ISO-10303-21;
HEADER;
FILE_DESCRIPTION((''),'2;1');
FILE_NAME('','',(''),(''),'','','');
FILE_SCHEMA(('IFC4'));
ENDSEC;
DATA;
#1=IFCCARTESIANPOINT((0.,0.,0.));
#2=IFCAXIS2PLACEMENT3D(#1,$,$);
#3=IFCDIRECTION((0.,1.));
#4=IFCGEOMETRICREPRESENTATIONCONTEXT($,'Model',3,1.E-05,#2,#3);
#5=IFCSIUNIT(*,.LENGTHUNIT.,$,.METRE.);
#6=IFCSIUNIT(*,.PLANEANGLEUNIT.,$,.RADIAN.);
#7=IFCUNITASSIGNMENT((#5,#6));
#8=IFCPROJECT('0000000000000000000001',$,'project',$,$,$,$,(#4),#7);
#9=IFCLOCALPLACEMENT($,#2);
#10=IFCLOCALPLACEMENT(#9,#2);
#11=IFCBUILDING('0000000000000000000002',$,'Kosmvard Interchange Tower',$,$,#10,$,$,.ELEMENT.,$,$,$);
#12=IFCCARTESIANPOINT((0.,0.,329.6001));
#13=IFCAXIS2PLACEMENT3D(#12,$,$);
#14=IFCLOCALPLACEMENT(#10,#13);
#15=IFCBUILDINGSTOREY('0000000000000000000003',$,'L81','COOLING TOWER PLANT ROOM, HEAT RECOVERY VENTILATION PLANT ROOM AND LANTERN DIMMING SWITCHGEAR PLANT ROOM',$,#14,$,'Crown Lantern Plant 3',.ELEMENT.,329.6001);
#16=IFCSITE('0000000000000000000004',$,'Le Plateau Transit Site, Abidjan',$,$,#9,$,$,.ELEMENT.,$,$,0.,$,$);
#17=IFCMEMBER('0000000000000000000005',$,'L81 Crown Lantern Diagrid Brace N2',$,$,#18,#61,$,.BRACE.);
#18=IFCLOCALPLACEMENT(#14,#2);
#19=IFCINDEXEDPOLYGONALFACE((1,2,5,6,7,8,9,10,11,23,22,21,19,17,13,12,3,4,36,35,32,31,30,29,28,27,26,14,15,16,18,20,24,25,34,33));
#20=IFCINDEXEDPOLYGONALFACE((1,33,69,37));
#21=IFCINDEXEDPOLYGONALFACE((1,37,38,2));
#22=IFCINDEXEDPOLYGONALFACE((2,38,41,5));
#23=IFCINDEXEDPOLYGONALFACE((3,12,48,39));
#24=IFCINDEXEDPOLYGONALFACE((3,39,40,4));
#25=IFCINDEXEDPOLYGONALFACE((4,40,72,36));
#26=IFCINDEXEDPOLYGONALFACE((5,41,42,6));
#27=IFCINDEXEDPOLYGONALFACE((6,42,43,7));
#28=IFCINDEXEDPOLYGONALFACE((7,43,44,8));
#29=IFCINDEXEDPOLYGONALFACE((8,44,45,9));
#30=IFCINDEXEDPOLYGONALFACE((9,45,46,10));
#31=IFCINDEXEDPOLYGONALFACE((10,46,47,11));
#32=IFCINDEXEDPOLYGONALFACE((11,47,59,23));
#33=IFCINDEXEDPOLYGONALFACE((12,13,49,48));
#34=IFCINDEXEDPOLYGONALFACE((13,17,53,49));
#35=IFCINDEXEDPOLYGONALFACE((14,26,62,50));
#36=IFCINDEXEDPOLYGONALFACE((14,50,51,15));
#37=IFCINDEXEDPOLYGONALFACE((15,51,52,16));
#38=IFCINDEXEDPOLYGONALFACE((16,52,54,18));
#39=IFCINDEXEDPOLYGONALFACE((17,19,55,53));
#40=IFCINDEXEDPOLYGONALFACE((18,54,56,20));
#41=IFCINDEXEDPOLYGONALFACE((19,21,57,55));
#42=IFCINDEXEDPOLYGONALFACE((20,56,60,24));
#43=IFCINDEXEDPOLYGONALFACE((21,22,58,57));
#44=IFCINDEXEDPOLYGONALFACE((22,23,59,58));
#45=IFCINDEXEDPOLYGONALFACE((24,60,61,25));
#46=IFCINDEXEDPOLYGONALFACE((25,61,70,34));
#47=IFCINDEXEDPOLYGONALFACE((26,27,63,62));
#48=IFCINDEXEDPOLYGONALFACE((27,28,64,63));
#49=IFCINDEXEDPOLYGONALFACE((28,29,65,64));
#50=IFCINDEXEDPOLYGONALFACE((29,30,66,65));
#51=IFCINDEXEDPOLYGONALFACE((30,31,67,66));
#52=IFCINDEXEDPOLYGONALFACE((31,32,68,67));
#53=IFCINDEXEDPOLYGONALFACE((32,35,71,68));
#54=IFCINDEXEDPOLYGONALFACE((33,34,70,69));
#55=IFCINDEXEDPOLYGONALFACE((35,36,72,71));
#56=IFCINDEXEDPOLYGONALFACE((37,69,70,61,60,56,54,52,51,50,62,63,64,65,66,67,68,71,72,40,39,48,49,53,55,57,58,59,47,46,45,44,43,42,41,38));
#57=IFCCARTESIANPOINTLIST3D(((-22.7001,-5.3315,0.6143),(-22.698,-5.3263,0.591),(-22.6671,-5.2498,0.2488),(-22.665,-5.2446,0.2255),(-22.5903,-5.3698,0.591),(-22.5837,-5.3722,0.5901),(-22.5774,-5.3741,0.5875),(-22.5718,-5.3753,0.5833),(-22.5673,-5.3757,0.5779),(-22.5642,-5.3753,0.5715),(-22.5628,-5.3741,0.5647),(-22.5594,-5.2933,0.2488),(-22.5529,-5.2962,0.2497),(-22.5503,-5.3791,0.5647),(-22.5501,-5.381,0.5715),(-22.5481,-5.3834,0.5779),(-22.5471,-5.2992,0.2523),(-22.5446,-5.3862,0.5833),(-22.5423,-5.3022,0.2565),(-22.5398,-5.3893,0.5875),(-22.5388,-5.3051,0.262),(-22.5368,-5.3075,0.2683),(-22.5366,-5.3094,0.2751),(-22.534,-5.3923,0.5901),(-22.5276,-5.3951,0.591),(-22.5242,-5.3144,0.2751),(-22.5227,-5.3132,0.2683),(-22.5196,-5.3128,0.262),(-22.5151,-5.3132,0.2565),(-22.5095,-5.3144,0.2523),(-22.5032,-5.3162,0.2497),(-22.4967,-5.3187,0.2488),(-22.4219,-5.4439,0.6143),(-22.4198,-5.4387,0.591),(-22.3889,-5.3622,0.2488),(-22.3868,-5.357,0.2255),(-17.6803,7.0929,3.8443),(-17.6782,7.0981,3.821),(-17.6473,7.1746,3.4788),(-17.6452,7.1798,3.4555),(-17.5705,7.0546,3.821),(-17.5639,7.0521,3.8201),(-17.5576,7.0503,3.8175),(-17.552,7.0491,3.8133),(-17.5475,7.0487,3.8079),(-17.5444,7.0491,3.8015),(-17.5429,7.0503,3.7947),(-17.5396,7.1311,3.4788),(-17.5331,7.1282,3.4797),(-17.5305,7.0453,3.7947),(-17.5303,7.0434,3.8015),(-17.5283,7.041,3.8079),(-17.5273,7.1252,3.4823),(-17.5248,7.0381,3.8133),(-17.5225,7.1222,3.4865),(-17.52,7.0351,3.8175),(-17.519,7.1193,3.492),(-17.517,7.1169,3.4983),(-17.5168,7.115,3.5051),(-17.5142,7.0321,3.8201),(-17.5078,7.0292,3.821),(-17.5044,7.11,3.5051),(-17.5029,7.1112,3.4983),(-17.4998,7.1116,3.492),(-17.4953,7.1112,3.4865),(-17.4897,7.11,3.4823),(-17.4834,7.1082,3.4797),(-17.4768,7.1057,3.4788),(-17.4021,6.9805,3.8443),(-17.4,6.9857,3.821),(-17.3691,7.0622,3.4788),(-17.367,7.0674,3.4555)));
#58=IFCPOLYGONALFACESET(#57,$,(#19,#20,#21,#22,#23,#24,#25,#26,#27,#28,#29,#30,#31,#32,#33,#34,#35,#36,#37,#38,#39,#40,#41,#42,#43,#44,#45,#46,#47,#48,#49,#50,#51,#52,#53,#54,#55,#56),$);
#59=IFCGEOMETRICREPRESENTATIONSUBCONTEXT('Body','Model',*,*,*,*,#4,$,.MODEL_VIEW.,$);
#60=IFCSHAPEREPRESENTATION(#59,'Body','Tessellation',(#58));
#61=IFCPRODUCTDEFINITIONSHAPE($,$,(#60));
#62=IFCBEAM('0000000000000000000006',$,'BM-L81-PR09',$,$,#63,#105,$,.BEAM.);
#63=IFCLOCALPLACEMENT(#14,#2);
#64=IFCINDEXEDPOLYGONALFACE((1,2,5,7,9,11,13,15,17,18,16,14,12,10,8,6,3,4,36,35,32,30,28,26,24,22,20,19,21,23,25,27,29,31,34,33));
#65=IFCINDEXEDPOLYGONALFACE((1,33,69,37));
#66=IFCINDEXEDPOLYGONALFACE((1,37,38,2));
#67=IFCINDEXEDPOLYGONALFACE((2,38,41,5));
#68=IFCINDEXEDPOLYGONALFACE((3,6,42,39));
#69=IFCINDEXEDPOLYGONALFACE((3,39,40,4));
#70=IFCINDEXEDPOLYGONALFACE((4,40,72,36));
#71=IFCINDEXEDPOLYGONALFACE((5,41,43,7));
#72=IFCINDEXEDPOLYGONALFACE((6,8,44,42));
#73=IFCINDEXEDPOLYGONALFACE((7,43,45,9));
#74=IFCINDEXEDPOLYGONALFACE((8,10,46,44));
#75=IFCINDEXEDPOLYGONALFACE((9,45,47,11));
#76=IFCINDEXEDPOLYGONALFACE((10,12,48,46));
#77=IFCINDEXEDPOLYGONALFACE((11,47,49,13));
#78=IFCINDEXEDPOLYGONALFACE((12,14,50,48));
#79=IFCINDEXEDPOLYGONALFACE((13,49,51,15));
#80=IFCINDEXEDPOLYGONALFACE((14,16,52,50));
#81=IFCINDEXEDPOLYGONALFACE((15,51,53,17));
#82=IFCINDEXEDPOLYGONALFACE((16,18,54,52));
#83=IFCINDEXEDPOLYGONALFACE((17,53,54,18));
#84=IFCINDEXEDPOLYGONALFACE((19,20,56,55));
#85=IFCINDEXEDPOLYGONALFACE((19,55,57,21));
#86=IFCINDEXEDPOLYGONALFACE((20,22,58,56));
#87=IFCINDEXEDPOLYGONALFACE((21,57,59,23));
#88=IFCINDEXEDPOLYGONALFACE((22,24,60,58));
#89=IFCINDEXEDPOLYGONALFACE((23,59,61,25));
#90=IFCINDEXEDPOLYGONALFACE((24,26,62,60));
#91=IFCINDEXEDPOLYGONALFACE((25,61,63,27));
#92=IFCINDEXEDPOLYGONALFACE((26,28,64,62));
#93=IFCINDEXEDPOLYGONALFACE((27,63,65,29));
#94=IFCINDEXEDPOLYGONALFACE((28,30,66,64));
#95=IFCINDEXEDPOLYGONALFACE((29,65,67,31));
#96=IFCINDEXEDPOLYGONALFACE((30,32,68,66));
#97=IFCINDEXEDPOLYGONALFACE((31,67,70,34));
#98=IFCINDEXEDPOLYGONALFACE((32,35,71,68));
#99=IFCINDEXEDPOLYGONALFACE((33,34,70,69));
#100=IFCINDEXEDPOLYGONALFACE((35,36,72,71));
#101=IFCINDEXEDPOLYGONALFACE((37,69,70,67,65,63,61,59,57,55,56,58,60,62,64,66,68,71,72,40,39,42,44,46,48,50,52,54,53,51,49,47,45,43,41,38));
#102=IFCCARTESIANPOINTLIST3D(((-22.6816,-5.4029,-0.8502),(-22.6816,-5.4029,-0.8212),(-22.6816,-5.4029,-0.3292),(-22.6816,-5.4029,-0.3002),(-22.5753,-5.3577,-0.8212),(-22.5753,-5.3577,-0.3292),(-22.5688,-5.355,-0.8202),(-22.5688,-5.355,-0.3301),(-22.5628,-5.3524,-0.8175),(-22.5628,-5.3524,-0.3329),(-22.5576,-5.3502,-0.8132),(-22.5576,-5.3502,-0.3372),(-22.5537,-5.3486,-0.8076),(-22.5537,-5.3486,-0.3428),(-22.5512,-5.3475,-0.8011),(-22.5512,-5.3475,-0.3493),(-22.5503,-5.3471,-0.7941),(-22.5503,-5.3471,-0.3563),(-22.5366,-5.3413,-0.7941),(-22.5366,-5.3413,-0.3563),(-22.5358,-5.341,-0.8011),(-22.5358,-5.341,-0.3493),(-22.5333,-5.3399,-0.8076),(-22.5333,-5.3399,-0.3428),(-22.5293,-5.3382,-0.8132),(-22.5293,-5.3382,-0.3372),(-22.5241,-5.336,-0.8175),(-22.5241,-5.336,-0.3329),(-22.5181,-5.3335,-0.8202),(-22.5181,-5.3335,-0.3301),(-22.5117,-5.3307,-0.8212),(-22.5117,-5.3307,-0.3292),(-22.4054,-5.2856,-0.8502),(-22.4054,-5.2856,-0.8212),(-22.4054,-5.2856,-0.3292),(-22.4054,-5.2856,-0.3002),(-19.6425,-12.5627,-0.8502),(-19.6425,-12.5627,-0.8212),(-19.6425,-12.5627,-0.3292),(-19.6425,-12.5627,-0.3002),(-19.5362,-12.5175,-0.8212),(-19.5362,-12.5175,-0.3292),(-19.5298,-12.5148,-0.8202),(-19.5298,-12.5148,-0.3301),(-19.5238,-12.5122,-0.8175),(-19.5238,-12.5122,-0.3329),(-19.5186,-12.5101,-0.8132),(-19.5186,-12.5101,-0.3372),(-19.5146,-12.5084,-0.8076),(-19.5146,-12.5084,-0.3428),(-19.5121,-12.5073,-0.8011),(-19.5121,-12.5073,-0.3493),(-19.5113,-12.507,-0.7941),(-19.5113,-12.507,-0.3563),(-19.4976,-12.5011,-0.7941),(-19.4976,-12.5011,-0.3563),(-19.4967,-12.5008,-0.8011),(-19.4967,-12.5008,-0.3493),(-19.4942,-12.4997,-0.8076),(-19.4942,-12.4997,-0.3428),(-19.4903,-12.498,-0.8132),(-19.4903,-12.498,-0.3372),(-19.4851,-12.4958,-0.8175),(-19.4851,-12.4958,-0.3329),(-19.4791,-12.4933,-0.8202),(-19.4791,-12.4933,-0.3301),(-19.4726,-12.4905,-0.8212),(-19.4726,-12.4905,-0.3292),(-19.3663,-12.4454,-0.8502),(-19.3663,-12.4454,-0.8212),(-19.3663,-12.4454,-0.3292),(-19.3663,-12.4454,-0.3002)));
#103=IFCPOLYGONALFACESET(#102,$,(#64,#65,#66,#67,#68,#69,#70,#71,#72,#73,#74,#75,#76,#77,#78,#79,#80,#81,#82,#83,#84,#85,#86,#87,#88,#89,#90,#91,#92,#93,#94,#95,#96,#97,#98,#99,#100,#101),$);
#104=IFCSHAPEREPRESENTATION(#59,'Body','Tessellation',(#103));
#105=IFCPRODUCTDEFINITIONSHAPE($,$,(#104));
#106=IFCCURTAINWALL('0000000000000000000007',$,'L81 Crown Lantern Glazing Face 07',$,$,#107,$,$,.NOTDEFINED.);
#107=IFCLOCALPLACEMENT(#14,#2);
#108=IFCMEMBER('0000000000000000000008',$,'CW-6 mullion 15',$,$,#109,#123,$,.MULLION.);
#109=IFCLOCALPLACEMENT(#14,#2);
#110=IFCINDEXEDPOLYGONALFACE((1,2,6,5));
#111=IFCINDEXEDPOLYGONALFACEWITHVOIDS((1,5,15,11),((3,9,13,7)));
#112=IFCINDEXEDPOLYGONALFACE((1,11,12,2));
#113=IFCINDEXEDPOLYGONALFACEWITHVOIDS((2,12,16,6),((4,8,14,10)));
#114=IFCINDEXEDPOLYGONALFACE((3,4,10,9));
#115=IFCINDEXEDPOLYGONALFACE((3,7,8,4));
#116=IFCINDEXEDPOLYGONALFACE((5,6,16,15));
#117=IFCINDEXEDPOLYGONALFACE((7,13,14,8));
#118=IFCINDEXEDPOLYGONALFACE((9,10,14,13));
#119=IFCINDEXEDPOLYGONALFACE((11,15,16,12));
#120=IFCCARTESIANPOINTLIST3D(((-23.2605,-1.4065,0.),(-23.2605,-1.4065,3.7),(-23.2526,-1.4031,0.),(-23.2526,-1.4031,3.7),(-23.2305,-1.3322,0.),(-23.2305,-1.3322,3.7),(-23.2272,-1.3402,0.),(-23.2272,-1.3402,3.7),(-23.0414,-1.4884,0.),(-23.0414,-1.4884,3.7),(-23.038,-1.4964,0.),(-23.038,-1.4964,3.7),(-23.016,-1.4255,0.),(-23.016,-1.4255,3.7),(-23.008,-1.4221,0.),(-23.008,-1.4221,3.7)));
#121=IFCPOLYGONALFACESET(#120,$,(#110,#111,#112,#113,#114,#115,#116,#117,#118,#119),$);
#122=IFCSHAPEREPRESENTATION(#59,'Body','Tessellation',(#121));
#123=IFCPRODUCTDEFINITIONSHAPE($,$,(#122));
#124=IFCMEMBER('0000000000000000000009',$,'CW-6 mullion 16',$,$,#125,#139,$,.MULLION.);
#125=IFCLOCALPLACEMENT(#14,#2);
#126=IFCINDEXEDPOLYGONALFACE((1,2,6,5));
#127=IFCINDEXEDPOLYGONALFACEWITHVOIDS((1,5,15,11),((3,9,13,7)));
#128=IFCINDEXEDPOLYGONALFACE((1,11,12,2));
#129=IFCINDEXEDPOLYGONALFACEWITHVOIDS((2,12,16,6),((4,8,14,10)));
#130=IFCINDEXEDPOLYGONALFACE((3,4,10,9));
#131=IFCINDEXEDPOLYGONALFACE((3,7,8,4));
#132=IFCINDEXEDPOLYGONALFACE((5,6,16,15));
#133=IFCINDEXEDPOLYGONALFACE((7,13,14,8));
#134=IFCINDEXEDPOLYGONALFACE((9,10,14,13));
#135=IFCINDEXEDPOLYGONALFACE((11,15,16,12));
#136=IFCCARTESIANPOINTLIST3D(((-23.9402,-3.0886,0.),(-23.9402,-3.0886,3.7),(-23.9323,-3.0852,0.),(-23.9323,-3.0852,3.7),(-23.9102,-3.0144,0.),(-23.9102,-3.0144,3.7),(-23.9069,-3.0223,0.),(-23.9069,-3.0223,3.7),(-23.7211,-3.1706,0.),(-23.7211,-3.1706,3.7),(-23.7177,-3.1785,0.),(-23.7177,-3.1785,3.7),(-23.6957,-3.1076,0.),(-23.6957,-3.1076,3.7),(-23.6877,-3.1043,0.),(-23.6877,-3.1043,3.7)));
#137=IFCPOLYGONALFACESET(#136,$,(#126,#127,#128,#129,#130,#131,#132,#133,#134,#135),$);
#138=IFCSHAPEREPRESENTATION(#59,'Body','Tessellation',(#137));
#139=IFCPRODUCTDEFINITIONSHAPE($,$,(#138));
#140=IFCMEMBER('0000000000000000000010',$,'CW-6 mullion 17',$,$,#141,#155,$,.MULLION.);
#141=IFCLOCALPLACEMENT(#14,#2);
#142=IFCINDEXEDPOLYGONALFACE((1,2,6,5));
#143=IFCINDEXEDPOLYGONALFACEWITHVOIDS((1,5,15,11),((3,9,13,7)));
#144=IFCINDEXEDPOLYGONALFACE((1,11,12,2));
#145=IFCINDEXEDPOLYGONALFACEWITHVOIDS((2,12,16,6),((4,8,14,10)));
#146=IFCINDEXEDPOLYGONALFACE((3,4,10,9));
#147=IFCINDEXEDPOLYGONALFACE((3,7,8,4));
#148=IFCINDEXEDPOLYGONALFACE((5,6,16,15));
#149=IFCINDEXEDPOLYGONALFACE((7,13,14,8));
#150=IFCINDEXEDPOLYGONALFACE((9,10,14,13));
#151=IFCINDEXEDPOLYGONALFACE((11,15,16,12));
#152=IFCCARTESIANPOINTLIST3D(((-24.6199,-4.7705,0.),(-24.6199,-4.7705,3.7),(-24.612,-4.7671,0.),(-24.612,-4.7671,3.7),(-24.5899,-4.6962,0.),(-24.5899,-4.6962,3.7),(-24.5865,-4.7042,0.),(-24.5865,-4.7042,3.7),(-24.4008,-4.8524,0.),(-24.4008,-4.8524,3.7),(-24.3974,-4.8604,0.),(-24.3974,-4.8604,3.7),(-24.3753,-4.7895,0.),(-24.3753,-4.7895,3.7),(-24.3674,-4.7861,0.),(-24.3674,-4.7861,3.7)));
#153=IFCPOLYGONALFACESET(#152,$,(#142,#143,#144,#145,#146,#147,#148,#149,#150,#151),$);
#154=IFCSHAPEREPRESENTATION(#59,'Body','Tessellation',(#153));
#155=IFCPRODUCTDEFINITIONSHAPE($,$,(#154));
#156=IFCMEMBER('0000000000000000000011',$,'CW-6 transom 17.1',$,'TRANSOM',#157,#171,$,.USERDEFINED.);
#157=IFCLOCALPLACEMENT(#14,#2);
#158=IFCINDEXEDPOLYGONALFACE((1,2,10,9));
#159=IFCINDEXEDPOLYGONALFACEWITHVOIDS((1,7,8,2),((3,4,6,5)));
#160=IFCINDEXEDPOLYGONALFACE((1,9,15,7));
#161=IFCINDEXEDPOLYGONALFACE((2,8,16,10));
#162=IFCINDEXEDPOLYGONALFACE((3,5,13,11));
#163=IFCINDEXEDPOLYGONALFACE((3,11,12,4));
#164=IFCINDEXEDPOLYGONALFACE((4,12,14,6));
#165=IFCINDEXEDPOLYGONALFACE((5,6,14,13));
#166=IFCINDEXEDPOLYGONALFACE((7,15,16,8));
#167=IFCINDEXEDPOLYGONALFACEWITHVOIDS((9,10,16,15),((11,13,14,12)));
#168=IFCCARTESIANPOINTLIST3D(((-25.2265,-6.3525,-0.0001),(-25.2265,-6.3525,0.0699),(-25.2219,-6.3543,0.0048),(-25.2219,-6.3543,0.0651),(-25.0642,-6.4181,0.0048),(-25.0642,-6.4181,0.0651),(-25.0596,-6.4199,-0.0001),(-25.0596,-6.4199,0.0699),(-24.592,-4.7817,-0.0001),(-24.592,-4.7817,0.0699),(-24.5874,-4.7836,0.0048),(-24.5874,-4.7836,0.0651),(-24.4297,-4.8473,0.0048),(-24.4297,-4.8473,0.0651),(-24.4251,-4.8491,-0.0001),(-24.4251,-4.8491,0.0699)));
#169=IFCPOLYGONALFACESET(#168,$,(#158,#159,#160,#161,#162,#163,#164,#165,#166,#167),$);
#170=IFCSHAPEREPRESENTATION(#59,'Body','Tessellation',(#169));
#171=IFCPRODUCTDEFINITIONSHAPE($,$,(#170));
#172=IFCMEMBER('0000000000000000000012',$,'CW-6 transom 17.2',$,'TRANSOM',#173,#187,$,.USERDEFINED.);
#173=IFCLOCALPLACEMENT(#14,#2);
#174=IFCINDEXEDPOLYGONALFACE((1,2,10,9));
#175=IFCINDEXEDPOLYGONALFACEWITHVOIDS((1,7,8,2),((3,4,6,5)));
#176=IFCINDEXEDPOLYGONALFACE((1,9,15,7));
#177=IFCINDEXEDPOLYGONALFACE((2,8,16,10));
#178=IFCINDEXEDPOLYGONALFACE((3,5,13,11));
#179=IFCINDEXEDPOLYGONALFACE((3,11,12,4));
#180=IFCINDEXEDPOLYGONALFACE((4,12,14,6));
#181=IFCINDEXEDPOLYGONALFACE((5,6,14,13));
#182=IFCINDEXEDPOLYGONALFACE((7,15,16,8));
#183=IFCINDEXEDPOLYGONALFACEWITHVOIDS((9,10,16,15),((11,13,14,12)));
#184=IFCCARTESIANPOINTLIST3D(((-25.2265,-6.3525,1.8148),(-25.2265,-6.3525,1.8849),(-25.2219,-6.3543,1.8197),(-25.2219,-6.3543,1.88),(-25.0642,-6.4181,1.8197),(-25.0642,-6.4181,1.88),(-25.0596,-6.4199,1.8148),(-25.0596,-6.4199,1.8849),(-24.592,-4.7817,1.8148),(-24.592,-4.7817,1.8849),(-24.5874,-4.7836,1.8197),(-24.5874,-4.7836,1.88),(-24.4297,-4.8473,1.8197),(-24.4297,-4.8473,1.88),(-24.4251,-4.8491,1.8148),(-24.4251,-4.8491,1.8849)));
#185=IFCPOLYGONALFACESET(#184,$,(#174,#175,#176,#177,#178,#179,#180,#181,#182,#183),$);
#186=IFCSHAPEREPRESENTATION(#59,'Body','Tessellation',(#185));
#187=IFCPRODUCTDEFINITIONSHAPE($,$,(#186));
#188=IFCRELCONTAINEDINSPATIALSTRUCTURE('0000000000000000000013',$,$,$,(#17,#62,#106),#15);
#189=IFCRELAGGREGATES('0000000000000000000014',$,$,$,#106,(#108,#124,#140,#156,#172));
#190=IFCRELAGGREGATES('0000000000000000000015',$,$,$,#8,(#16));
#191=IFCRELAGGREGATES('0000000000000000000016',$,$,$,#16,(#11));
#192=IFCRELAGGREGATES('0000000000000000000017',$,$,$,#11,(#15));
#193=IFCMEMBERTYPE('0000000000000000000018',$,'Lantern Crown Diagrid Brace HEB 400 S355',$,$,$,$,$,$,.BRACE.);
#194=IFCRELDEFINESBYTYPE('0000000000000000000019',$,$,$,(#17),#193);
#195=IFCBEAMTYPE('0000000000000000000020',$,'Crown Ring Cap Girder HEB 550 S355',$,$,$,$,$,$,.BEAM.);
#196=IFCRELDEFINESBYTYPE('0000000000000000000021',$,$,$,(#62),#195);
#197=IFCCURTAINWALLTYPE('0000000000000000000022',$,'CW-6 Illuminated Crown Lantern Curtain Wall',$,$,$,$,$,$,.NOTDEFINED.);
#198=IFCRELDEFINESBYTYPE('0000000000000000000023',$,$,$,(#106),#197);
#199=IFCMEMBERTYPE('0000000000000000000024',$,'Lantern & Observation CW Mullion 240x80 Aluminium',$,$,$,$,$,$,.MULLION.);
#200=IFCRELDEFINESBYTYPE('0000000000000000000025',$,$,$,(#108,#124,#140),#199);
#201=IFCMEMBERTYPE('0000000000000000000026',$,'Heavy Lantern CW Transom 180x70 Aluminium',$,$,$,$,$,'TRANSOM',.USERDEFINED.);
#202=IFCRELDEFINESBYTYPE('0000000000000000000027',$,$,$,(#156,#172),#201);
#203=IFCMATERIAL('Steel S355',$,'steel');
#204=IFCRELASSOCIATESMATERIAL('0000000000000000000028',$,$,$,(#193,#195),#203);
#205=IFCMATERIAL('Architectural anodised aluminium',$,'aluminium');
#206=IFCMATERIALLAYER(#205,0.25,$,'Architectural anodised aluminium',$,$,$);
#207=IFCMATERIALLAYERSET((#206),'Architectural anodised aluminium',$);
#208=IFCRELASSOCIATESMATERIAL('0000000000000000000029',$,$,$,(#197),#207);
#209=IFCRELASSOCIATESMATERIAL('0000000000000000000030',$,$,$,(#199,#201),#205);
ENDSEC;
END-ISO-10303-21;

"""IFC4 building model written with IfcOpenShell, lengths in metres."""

from ifc_helpers import new_model, si_unit, direction, frame, origin, origin_2d, place, context, subcontext, project, spatial, hollow_rectangle, i_section, extrude, source, transform, mapped, material, layer, layer_set, material_profile, profile_set, type_object, element, aggregate, save


model = new_model("IFC4")

# Units and contexts
model_context = context("Model", 3, precision=1e-05, world=origin(), true_north=direction((0.0, 1.0)))
body_context = subcontext(model_context, "Body", "Model", "MODEL_VIEW")
ifc_project = project(units=[si_unit("LENGTHUNIT", "METRE"), si_unit("PLANEANGLEUNIT", "RADIAN")], contexts=[model_context])

# Site, building, storey
site_placement = place(None, origin())
site = spatial("IfcSite", under=ifc_project, at=site_placement, Name="Le Plateau Transit Site, Abidjan", CompositionType="ELEMENT", RefElevation=0.0)
building_placement = place(site_placement, origin())
building = spatial("IfcBuilding", under=site, at=building_placement, Name="Kosmvard Interchange Tower", CompositionType="ELEMENT")
storey_placement = place(building_placement, frame((0.0, 0.0, 329.6001)))
storey = spatial("IfcBuildingStorey", under=building, at=storey_placement, Name="L81", Description="COOLING TOWER PLANT ROOM, HEAT RECOVERY VENTILATION PLANT ROOM AND LANTERN DIMMING SWITCHGEAR PLANT ROOM", LongName="Crown Lantern Plant 3", CompositionType="ELEMENT", Elevation=329.6001)

# Member
ifc_material_1 = material(Name="Steel S355", Category="steel")
ifc_material_profile_1 = material_profile(ifc_material_1, i_section(OverallWidth=0.3, OverallDepth=0.3999, WebThickness=0.0134, FlangeThickness=0.0239, FilletRadius=0.0271, at=origin_2d()), Name="HEB 400")
ifc_profile_set_1 = profile_set([ifc_material_profile_1], Name="Steel S355")
member_type_1 = type_object("IfcMemberType", Name="Lantern Crown Diagrid Brace HEB 400 S355", PredefinedType="BRACE", material=ifc_profile_set_1)
shared_shape_1 = source(origin(), body_context, "Body", "SweptSolid", [
    extrude(i_section(OverallWidth=0.3, OverallDepth=0.3999, WebThickness=0.0134, FlangeThickness=0.0239, FilletRadius=0.0271, at=origin_2d()), origin(), (0.0, 0.0, 1.0), 13.7839),
])
member_1_placement = place(storey_placement, frame((-22.5435, -5.3442, 0.4199), z_axis=(0.364178, 0.901368, 0.234331), x_axis=(-0.927183, 0.374608, 0.0)))
element("IfcMember", 1, at=member_1_placement, inside=storey, type_object=member_type_1, Name="L81 Crown Lantern Diagrid Brace N2", PredefinedType="BRACE", context=body_context, shape_type="MappedRepresentation", body=[
    mapped(shared_shape_1, transform((0.0, 0.0, 0.0), scale=1.0)),
])

# Beam
ifc_material_profile_2 = material_profile(ifc_material_1, i_section(OverallWidth=0.3, OverallDepth=0.55, WebThickness=0.0149, FlangeThickness=0.0291, FilletRadius=0.0271, at=origin_2d()), Name="HEB 550")
ifc_profile_set_2 = profile_set([ifc_material_profile_2], Name="Steel S355")
beam_type = type_object("IfcBeamType", Name="Crown Ring Cap Girder HEB 550 S355", PredefinedType="BEAM", material=ifc_profile_set_2)
shared_shape_2 = source(origin(), body_context, "Body", "SweptSolid", [
    extrude(i_section(OverallWidth=0.3, OverallDepth=0.55, WebThickness=0.0149, FlangeThickness=0.0291, FilletRadius=0.0271, at=origin_2d()), origin(), (0.0, 0.0, 1.0), 7.7781),
])
beam_placement = place(storey_placement, frame((-22.5435, -5.3442, -0.5752), z_axis=(0.390716, -0.920511, 0.0), x_axis=(0.920511, 0.390716, 0.0)))
element("IfcBeam", 2, at=beam_placement, inside=storey, type_object=beam_type, Name="BM-L81-PR09", PredefinedType="BEAM", context=body_context, shape_type="MappedRepresentation", body=[
    mapped(shared_shape_2, transform((0.0, 0.0, 0.0), scale=1.0)),
])

# Curtain wall, members
ifc_material_2 = material(Name="Architectural anodised aluminium", Category="aluminium")
ifc_layer_1 = layer(ifc_material_2, 0.25, Name="Architectural anodised aluminium")
ifc_layer_set_1 = layer_set([ifc_layer_1], Name="Architectural anodised aluminium")
curtain_wall_type = type_object("IfcCurtainWallType", Name="CW-6 Illuminated Crown Lantern Curtain Wall", PredefinedType="NOTDEFINED", material=ifc_layer_set_1)
curtain_wall_placement = place(storey_placement, origin())
curtain_wall = element("IfcCurtainWall", 3, at=curtain_wall_placement, inside=storey, type_object=curtain_wall_type, Name="L81 Crown Lantern Glazing Face 07", PredefinedType="NOTDEFINED")
ifc_material_profile_3 = material_profile(ifc_material_2, hollow_rectangle(XDim=0.24, YDim=0.0801, WallThickness=0.0061, at=origin_2d()), Name="CWM 240x80x6")
ifc_profile_set_3 = profile_set([ifc_material_profile_3], Name="Architectural anodised aluminium")
member_type_2 = type_object("IfcMemberType", Name="Lantern & Observation CW Mullion 240x80 Aluminium", PredefinedType="MULLION", material=ifc_profile_set_3)
shared_shape_3 = source(origin(), body_context, "Body", "SweptSolid", [
    extrude(hollow_rectangle(XDim=0.24, YDim=0.0801, WallThickness=0.0061, at=origin_2d()), origin(), (0.0, 0.0, 1.0), 3.7),
])
member_2_placement = place(storey_placement, frame((-23.1343, -1.4143, 0.0), z_axis=(0.0, 0.0, 1.0), x_axis=(0.927184, -0.374607, 0.0)))
member_2 = element("IfcMember", 4, at=member_2_placement, type_object=member_type_2, Name="CW-6 mullion 15", PredefinedType="MULLION", context=body_context, shape_type="MappedRepresentation", body=[
    mapped(shared_shape_3, transform((0.0, 0.0, 0.0), scale=1.0)),
])
member_3_placement = place(storey_placement, frame((-23.814, -3.0964, 0.0), z_axis=(0.0, 0.0, 1.0), x_axis=(0.927184, -0.374607, 0.0)))
member_3 = element("IfcMember", 5, at=member_3_placement, type_object=member_type_2, Name="CW-6 mullion 16", PredefinedType="MULLION", context=body_context, shape_type="MappedRepresentation", body=[
    mapped(shared_shape_3, transform((0.0, 0.0, 0.0), scale=1.0)),
])
member_4_placement = place(storey_placement, frame((-24.4937, -4.7783, 0.0), z_axis=(0.0, 0.0, 1.0), x_axis=(0.927184, -0.374607, 0.0)))
member_4 = element("IfcMember", 6, at=member_4_placement, type_object=member_type_2, Name="CW-6 mullion 17", PredefinedType="MULLION", context=body_context, shape_type="MappedRepresentation", body=[
    mapped(shared_shape_3, transform((0.0, 0.0, 0.0), scale=1.0)),
])
ifc_material_profile_4 = material_profile(ifc_material_2, hollow_rectangle(XDim=0.1799, YDim=0.0701, WallThickness=0.0049, at=origin_2d()), Name="CWT 180x70x5")
ifc_profile_set_4 = profile_set([ifc_material_profile_4], Name="Architectural anodised aluminium")
member_type_3 = type_object("IfcMemberType", Name="Heavy Lantern CW Transom 180x70 Aluminium", ElementType="TRANSOM", PredefinedType="USERDEFINED", material=ifc_profile_set_4)
shared_shape_4 = source(origin(), body_context, "Body", "SweptSolid", [
    extrude(hollow_rectangle(XDim=0.1799, YDim=0.0701, WallThickness=0.0049, at=origin_2d()), origin(), (0.0, 0.0, 1.0), 1.6941),
])
member_5_placement = place(storey_placement, frame((-24.5085, -4.8154, 0.0349), z_axis=(-0.374544, -0.927209, 0.0), x_axis=(0.927209, -0.374544, 0.0)))
member_5 = element("IfcMember", 7, at=member_5_placement, type_object=member_type_3, Name="CW-6 transom 17.1", ObjectType="TRANSOM", PredefinedType="USERDEFINED", context=body_context, shape_type="MappedRepresentation", body=[
    mapped(shared_shape_4, transform((0.0, 0.0, 0.0), scale=1.0)),
])
member_6_placement = place(storey_placement, frame((-24.5085, -4.8154, 1.8499), z_axis=(-0.374544, -0.927209, 0.0), x_axis=(0.927209, -0.374544, 0.0)))
member_6 = element("IfcMember", 8, at=member_6_placement, type_object=member_type_3, Name="CW-6 transom 17.2", ObjectType="TRANSOM", PredefinedType="USERDEFINED", context=body_context, shape_type="MappedRepresentation", body=[
    mapped(shared_shape_4, transform((0.0, 0.0, 0.0), scale=1.0)),
])

aggregate(curtain_wall, [member_2, member_3, member_4, member_5, member_6])

save(model, "model.ifc")
